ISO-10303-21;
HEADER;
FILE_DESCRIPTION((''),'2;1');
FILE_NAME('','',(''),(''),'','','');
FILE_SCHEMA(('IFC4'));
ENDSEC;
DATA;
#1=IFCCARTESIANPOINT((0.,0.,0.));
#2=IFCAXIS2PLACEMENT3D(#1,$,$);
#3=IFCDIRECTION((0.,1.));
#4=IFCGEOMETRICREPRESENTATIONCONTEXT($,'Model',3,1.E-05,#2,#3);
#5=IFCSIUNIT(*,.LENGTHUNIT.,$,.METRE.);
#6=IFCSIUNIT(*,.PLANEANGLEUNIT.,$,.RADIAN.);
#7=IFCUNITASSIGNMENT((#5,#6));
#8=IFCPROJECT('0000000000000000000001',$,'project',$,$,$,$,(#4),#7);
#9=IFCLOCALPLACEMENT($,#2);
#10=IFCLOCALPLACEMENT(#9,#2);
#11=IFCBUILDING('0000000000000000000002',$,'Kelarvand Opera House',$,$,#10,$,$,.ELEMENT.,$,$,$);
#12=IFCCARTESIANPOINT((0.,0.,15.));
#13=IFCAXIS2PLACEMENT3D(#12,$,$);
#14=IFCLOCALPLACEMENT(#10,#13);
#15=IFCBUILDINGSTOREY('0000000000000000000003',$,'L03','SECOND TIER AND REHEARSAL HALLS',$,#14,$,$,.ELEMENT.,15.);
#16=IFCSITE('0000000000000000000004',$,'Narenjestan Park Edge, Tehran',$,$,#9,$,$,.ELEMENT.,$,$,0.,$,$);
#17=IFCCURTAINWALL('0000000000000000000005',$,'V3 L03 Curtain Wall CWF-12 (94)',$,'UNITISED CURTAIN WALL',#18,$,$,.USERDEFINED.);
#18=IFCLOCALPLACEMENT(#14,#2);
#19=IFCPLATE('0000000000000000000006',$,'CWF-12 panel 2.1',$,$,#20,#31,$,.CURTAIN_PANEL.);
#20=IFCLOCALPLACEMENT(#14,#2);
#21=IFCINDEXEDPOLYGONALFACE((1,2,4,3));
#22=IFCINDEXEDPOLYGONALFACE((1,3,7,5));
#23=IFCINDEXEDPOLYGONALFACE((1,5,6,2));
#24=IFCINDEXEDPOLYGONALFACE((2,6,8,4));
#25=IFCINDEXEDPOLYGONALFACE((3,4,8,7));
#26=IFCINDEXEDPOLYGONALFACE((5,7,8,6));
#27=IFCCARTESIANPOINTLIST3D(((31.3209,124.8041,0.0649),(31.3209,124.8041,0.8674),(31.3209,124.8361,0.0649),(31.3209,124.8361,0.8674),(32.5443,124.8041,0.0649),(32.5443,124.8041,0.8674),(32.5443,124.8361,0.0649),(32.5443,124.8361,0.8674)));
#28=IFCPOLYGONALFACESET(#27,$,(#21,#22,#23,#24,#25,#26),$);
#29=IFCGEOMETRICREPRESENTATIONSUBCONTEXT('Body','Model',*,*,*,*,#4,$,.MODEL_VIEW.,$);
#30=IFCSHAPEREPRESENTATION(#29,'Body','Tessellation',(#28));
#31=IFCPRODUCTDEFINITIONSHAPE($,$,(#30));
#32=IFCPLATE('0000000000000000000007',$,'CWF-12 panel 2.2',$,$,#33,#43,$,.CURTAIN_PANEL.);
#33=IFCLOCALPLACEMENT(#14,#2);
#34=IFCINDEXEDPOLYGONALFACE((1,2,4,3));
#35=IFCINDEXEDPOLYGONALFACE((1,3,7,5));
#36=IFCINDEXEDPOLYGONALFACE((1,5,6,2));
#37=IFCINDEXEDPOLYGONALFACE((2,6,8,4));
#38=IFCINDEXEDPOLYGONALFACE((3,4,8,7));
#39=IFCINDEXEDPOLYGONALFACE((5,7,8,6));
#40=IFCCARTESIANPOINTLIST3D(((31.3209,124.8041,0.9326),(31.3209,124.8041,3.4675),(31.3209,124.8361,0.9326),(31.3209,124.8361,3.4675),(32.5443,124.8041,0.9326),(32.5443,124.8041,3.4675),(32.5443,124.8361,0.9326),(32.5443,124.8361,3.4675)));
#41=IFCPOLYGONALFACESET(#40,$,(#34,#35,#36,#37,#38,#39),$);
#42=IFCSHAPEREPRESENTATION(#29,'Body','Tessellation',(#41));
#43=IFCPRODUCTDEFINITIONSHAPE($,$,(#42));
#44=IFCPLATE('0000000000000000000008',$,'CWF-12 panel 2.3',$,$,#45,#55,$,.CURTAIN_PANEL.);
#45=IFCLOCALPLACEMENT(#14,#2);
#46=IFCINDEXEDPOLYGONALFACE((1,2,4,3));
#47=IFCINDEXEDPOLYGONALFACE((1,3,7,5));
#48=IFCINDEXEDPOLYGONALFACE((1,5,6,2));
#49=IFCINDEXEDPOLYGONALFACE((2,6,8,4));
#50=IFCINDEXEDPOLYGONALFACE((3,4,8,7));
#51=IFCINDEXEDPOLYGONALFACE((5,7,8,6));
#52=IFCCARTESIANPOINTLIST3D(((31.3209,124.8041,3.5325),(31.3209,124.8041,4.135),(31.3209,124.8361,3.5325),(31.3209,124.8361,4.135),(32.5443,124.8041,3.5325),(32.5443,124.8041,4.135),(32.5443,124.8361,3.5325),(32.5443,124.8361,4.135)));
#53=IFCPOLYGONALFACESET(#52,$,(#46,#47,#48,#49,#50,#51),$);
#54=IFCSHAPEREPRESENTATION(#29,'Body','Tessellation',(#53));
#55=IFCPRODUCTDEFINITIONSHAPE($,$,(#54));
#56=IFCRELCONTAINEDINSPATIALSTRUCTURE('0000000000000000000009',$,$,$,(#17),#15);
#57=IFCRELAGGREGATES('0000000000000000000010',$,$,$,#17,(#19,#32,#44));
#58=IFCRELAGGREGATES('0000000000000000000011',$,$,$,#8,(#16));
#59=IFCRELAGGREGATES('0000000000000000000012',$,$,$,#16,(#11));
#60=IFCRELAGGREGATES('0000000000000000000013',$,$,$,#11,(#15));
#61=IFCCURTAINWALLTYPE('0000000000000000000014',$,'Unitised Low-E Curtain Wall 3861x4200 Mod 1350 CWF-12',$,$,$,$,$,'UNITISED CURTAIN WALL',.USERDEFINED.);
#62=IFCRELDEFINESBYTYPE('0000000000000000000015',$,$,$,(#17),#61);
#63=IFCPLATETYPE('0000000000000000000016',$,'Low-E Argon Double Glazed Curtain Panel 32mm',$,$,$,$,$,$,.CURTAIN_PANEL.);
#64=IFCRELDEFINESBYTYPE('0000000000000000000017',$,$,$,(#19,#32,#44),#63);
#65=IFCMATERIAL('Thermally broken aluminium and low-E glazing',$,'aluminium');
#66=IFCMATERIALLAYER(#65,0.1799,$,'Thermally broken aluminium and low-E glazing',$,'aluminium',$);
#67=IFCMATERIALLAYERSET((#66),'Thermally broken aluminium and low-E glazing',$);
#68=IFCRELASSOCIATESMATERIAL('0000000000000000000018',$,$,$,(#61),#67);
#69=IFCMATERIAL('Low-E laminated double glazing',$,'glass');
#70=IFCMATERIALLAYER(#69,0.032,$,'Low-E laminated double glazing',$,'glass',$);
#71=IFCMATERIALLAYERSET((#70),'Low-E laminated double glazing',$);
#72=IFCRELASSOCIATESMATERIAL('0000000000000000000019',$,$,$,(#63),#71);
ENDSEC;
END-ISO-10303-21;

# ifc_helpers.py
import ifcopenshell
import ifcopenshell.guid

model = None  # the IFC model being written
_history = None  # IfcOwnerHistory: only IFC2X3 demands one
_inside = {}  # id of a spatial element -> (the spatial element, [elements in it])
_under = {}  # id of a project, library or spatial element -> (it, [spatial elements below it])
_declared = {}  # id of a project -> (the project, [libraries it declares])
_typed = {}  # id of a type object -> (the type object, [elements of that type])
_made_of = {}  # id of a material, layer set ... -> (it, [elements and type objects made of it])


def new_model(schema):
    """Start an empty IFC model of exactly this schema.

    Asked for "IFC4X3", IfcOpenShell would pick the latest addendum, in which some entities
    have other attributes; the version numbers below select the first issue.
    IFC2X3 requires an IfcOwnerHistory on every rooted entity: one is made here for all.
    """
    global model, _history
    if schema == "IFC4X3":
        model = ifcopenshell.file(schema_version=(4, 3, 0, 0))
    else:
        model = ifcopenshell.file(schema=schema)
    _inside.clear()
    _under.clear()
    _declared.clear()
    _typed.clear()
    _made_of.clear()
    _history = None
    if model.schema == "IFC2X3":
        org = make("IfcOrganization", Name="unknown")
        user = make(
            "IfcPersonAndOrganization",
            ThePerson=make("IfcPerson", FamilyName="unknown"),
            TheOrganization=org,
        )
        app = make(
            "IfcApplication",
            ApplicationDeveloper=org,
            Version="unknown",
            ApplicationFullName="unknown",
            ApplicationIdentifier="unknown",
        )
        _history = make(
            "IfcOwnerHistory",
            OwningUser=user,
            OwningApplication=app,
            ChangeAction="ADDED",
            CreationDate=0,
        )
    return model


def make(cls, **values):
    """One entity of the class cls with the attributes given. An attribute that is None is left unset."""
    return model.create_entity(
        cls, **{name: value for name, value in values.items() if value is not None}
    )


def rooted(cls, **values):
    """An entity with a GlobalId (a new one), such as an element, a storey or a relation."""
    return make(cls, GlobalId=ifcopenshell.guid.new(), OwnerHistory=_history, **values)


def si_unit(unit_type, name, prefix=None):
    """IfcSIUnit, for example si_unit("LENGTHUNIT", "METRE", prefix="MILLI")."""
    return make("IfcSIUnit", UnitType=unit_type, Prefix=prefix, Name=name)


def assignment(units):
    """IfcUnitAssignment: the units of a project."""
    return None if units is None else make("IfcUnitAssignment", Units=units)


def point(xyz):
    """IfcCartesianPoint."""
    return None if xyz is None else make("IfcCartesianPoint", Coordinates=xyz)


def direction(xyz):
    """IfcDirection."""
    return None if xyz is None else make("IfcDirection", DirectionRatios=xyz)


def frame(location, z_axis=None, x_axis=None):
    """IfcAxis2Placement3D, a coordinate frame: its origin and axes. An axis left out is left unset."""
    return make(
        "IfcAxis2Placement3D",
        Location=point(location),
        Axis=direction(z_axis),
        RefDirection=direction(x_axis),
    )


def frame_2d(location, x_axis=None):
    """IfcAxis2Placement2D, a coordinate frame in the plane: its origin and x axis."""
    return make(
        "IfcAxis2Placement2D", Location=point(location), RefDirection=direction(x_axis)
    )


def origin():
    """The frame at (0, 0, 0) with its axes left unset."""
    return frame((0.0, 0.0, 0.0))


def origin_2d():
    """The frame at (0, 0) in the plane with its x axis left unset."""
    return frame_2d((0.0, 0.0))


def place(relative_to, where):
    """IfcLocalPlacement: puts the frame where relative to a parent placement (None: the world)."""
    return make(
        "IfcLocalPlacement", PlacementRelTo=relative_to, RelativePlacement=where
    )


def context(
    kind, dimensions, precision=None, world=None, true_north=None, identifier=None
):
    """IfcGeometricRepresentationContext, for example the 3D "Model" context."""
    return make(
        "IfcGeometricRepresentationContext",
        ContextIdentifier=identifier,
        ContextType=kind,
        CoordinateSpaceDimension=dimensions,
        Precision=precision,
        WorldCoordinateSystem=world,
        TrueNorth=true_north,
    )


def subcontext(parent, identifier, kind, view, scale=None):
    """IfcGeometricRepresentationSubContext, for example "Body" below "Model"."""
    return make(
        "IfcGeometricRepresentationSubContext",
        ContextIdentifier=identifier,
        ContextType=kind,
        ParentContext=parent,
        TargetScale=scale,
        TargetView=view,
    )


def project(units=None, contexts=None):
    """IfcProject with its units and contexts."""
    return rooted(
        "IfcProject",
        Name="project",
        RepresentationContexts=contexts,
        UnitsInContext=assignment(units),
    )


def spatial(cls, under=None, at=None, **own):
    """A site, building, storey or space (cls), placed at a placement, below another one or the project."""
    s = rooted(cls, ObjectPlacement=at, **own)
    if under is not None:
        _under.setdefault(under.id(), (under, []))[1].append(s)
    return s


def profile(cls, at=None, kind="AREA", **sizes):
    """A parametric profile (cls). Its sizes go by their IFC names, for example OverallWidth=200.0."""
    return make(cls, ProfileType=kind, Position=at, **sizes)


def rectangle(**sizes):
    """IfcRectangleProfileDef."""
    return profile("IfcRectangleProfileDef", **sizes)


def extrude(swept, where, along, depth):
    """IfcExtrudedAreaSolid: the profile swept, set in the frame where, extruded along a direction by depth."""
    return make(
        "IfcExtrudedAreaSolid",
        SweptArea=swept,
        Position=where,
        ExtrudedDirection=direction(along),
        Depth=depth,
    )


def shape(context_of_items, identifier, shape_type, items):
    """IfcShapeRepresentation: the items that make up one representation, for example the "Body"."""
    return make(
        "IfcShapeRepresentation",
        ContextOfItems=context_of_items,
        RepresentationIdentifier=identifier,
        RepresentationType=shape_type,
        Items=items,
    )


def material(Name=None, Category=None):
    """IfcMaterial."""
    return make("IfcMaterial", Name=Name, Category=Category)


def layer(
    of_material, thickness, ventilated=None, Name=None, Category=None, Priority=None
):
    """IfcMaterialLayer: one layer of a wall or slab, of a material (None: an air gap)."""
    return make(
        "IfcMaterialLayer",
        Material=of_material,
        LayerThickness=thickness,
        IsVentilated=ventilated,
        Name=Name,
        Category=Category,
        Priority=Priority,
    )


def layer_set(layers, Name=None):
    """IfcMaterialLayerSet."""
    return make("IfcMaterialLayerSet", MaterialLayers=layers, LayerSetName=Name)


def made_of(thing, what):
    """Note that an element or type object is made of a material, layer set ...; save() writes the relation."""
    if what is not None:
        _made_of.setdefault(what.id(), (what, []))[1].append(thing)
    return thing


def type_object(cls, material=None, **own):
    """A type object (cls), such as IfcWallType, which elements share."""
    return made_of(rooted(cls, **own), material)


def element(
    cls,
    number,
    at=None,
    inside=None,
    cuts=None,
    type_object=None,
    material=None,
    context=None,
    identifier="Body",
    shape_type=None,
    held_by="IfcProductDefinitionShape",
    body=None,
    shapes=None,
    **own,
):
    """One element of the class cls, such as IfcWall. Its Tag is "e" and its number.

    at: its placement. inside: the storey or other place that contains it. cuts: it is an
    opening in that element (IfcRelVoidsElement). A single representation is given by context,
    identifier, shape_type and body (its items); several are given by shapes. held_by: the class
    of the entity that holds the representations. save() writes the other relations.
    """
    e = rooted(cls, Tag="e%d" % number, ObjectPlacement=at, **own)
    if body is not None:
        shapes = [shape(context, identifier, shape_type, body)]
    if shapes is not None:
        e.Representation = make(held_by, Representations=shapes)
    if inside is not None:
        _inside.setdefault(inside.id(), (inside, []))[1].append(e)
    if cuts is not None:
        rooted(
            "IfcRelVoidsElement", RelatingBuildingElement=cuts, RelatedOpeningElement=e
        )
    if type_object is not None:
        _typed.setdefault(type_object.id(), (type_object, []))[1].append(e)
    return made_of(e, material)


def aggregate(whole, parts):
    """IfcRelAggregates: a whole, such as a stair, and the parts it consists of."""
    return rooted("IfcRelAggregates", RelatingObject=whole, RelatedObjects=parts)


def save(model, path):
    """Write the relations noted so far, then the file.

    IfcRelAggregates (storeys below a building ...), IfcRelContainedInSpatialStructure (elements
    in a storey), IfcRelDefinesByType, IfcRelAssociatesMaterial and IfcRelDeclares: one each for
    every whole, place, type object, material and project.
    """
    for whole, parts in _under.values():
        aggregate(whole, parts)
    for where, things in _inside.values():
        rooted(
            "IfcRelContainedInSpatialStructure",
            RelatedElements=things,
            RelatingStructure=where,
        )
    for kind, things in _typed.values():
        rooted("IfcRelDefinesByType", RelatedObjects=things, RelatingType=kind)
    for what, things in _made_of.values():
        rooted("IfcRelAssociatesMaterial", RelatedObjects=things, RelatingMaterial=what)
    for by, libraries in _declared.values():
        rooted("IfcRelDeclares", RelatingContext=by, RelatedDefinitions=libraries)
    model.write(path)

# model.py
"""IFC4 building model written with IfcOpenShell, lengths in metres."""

from ifc_helpers import new_model, si_unit, direction, frame, origin, origin_2d, place, context, subcontext, project, spatial, rectangle, extrude, material, layer, layer_set, type_object, element, aggregate, save


model = new_model("IFC4")

# Units and contexts
model_context = context("Model", 3, precision=1e-05, world=origin(), true_north=direction((0.0, 1.0)))
body_context = subcontext(model_context, "Body", "Model", "MODEL_VIEW")
ifc_project = project(units=[si_unit("LENGTHUNIT", "METRE"), si_unit("PLANEANGLEUNIT", "RADIAN")], contexts=[model_context])

# Site, building, storey
site_placement = place(None, origin())
site = spatial("IfcSite", under=ifc_project, at=site_placement, Name="Narenjestan Park Edge, Tehran", CompositionType="ELEMENT", RefElevation=0.0)
building_placement = place(site_placement, origin())
building = spatial("IfcBuilding", under=site, at=building_placement, Name="Kelarvand Opera House", CompositionType="ELEMENT")
storey_placement = place(building_placement, frame((0.0, 0.0, 15.0)))
storey = spatial("IfcBuildingStorey", under=building, at=storey_placement, Name="L03", Description="SECOND TIER AND REHEARSAL HALLS", CompositionType="ELEMENT", Elevation=15.0)

# Curtain wall
ifc_material_1 = material(Name="Thermally broken aluminium and low-E glazing", Category="aluminium")
ifc_layer_1 = layer(ifc_material_1, 0.1799, Name="Thermally broken aluminium and low-E glazing", Category="aluminium")
ifc_layer_set_1 = layer_set([ifc_layer_1], Name="Thermally broken aluminium and low-E glazing")
curtain_wall_type = type_object("IfcCurtainWallType", Name="Unitised Low-E Curtain Wall 3861x4200 Mod 1350 CWF-12", ElementType="UNITISED CURTAIN WALL", PredefinedType="USERDEFINED", material=ifc_layer_set_1)
curtain_wall_1_placement = place(storey_placement, origin())
curtain_wall_1 = element("IfcCurtainWall", 1, at=curtain_wall_1_placement, inside=storey, type_object=curtain_wall_type, Name="V3 L03 Curtain Wall CWF-12 (94)", ObjectType="UNITISED CURTAIN WALL", PredefinedType="USERDEFINED")

# Plates
ifc_material_2 = material(Name="Low-E laminated double glazing", Category="glass")
ifc_layer_2 = layer(ifc_material_2, 0.032, Name="Low-E laminated double glazing", Category="glass")
ifc_layer_set_2 = layer_set([ifc_layer_2], Name="Low-E laminated double glazing")
plate_type = type_object("IfcPlateType", Name="Low-E Argon Double Glazed Curtain Panel 32mm", PredefinedType="CURTAIN_PANEL", material=ifc_layer_set_2)
plate_1_placement = place(storey_placement, frame((31.9326, 124.8201, 0.0649), z_axis=(0.0, 0.0, 1.0), x_axis=(1.0, 0.0, 0.0)))
plate_1 = element("IfcPlate", 2, at=plate_1_placement, type_object=plate_type, Name="CWF-12 panel 2.1", PredefinedType="CURTAIN_PANEL", context=body_context, shape_type="SweptSolid", body=[
    extrude(rectangle(XDim=1.2234, YDim=0.032, at=origin_2d()), origin(), (0.0, 0.0, 1.0), 0.8025),
])
plate_2_placement = place(storey_placement, frame((31.9326, 124.8201, 0.9326), z_axis=(0.0, 0.0, 1.0), x_axis=(1.0, 0.0, 0.0)))
plate_2 = element("IfcPlate", 3, at=plate_2_placement, type_object=plate_type, Name="CWF-12 panel 2.2", PredefinedType="CURTAIN_PANEL", context=body_context, shape_type="SweptSolid", body=[
    extrude(rectangle(XDim=1.2234, YDim=0.032, at=origin_2d()), origin(), (0.0, 0.0, 1.0), 2.5349),
])
plate_3_placement = place(storey_placement, frame((31.9326, 124.8201, 3.5325), z_axis=(0.0, 0.0, 1.0), x_axis=(1.0, 0.0, 0.0)))
plate_3 = element("IfcPlate", 4, at=plate_3_placement, type_object=plate_type, Name="CWF-12 panel 2.3", PredefinedType="CURTAIN_PANEL", context=body_context, shape_type="SweptSolid", body=[
    extrude(rectangle(XDim=1.2234, YDim=0.032, at=origin_2d()), origin(), (0.0, 0.0, 1.0), 0.6025),
])
aggregate(curtain_wall_1, [plate_1, plate_2, plate_3])

save(model, "model.ifc")
